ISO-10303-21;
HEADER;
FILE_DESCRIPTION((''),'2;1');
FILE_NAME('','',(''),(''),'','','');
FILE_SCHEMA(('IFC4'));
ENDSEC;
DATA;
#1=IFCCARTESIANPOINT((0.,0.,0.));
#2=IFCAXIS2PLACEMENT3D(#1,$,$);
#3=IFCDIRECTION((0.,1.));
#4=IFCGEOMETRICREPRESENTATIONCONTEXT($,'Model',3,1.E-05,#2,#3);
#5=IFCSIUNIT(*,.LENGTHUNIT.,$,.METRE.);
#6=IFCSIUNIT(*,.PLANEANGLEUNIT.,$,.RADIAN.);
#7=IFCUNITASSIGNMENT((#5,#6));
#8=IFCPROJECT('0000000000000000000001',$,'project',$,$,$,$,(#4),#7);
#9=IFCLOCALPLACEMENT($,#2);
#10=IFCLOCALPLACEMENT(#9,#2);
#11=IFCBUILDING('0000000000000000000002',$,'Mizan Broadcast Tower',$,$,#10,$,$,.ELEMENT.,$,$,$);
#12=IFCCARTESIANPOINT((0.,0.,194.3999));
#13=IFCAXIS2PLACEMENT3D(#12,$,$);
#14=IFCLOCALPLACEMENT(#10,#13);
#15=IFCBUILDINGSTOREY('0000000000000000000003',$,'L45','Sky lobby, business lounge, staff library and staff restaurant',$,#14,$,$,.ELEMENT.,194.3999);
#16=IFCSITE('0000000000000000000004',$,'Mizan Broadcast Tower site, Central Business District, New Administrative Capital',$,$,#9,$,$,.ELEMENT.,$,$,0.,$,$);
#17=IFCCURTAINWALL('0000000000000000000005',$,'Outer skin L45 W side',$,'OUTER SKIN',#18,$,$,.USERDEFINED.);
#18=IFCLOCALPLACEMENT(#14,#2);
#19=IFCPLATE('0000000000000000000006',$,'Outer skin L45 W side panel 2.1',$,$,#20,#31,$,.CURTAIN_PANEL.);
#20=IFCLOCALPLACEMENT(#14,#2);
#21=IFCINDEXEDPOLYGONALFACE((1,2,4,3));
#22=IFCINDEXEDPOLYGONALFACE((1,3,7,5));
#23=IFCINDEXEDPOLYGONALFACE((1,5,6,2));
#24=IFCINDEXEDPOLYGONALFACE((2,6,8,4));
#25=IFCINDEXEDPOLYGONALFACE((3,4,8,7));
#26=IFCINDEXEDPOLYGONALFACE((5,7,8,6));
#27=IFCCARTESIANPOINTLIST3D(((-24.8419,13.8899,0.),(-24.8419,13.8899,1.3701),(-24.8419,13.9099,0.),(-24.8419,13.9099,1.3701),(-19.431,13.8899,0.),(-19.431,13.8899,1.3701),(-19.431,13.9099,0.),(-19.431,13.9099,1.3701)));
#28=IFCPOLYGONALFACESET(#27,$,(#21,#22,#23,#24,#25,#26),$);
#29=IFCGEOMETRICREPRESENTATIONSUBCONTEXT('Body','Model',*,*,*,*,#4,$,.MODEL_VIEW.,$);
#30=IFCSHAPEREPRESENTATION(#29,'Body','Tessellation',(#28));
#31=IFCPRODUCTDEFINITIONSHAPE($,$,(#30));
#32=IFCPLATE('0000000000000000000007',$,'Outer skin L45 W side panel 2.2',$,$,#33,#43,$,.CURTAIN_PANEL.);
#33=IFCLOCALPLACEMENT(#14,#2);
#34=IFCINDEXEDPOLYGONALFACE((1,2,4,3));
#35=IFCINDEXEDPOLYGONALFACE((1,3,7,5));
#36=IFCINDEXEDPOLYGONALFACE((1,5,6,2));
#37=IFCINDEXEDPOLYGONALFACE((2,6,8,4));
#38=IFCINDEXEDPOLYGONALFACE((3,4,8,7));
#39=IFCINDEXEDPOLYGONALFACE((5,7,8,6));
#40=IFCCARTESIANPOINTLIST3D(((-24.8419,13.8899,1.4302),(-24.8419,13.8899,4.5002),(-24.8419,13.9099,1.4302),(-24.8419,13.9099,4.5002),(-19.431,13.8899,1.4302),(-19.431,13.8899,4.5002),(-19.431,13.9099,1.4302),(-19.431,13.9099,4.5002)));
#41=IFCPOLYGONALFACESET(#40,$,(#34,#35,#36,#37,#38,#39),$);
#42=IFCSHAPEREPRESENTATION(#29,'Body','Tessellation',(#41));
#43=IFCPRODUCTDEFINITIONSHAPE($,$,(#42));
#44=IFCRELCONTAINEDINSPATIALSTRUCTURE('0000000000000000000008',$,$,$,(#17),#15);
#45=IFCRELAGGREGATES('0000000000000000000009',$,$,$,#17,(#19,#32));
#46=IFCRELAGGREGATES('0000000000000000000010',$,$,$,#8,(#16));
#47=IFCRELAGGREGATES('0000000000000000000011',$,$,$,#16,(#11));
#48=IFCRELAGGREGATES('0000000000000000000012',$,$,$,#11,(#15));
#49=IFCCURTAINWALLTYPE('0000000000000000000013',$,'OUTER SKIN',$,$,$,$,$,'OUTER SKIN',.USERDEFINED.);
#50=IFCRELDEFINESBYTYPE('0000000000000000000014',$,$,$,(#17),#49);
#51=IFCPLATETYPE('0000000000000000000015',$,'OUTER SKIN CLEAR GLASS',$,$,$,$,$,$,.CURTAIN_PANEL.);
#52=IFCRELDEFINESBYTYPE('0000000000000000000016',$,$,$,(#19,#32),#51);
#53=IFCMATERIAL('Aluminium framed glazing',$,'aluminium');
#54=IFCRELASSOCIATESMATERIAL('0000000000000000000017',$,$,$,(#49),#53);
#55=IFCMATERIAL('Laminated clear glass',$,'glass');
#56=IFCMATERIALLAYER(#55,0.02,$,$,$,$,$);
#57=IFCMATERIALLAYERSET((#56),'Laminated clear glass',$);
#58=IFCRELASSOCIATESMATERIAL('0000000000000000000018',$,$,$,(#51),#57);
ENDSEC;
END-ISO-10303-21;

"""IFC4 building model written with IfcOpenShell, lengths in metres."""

from ifc_helpers import new_model, si_unit, direction, frame, origin, origin_2d, place, context, subcontext, project, spatial, rectangle, extrude, material, layer, layer_set, type_object, element, aggregate, save


model = new_model("IFC4")

# Units and contexts
model_context = context("Model", 3, precision=1e-05, world=origin(), true_north=direction((0.0, 1.0)))
body_context = subcontext(model_context, "Body", "Model", "MODEL_VIEW")
ifc_project = project(units=[si_unit("LENGTHUNIT", "METRE"), si_unit("PLANEANGLEUNIT", "RADIAN")], contexts=[model_context])

# Site, building, storey
site_placement = place(None, origin())
site = spatial("IfcSite", under=ifc_project, at=site_placement, Name="Mizan Broadcast Tower site, Central Business District, New Administrative Capital", CompositionType="ELEMENT", RefElevation=0.0)
building_placement = place(site_placement, origin())
building = spatial("IfcBuilding", under=site, at=building_placement, Name="Mizan Broadcast Tower", CompositionType="ELEMENT")
storey_placement = place(building_placement, frame((0.0, 0.0, 194.3999)))
storey = spatial("IfcBuildingStorey", under=building, at=storey_placement, Name="L45", Description="Sky lobby, business lounge, staff library and staff restaurant", CompositionType="ELEMENT", Elevation=194.3999)

# Shared definitions
ifc_material_1 = material(Name="Aluminium framed glazing", Category="aluminium")
curtain_wall_type_1 = type_object("IfcCurtainWallType", Name="OUTER SKIN", ElementType="OUTER SKIN", PredefinedType="USERDEFINED", material=ifc_material_1)

# Curtain wall
curtain_wall_1_placement = place(storey_placement, origin())
curtain_wall_1 = element("IfcCurtainWall", 1, at=curtain_wall_1_placement, inside=storey, type_object=curtain_wall_type_1, Name="Outer skin L45 W side", ObjectType="OUTER SKIN", PredefinedType="USERDEFINED")

# Plates
ifc_material_2 = material(Name="Laminated clear glass", Category="glass")
ifc_layer_1 = layer(ifc_material_2, 0.02)
ifc_layer_set_1 = layer_set([ifc_layer_1], Name="Laminated clear glass")
plate_type_1 = type_object("IfcPlateType", Name="OUTER SKIN CLEAR GLASS", PredefinedType="CURTAIN_PANEL", material=ifc_layer_set_1)
plate_1_placement = place(storey_placement, frame((-22.1365, 13.8999, 0.0), z_axis=(0.0, 0.0, 1.0), x_axis=(-1.0, 0.0, 0.0)))
plate_1 = element("IfcPlate", 2, at=plate_1_placement, type_object=plate_type_1, Name="Outer skin L45 W side panel 2.1", PredefinedType="CURTAIN_PANEL", context=body_context, shape_type="SweptSolid", body=[
    extrude(rectangle(XDim=5.4109, YDim=0.02, at=origin_2d()), origin(), (0.0, 0.0, 1.0), 1.3701),
])
plate_2_placement = place(storey_placement, frame((-22.1365, 13.8999, 1.4302), z_axis=(0.0, 0.0, 1.0), x_axis=(-1.0, 0.0, 0.0)))
plate_2 = element("IfcPlate", 3, at=plate_2_placement, type_object=plate_type_1, Name="Outer skin L45 W side panel 2.2", PredefinedType="CURTAIN_PANEL", context=body_context, shape_type="SweptSolid", body=[
    extrude(rectangle(XDim=5.4109, YDim=0.02, at=origin_2d()), origin(), (0.0, 0.0, 1.0), 3.0701),
])
aggregate(curtain_wall_1, [plate_1, plate_2])

save(model, "model.ifc")
